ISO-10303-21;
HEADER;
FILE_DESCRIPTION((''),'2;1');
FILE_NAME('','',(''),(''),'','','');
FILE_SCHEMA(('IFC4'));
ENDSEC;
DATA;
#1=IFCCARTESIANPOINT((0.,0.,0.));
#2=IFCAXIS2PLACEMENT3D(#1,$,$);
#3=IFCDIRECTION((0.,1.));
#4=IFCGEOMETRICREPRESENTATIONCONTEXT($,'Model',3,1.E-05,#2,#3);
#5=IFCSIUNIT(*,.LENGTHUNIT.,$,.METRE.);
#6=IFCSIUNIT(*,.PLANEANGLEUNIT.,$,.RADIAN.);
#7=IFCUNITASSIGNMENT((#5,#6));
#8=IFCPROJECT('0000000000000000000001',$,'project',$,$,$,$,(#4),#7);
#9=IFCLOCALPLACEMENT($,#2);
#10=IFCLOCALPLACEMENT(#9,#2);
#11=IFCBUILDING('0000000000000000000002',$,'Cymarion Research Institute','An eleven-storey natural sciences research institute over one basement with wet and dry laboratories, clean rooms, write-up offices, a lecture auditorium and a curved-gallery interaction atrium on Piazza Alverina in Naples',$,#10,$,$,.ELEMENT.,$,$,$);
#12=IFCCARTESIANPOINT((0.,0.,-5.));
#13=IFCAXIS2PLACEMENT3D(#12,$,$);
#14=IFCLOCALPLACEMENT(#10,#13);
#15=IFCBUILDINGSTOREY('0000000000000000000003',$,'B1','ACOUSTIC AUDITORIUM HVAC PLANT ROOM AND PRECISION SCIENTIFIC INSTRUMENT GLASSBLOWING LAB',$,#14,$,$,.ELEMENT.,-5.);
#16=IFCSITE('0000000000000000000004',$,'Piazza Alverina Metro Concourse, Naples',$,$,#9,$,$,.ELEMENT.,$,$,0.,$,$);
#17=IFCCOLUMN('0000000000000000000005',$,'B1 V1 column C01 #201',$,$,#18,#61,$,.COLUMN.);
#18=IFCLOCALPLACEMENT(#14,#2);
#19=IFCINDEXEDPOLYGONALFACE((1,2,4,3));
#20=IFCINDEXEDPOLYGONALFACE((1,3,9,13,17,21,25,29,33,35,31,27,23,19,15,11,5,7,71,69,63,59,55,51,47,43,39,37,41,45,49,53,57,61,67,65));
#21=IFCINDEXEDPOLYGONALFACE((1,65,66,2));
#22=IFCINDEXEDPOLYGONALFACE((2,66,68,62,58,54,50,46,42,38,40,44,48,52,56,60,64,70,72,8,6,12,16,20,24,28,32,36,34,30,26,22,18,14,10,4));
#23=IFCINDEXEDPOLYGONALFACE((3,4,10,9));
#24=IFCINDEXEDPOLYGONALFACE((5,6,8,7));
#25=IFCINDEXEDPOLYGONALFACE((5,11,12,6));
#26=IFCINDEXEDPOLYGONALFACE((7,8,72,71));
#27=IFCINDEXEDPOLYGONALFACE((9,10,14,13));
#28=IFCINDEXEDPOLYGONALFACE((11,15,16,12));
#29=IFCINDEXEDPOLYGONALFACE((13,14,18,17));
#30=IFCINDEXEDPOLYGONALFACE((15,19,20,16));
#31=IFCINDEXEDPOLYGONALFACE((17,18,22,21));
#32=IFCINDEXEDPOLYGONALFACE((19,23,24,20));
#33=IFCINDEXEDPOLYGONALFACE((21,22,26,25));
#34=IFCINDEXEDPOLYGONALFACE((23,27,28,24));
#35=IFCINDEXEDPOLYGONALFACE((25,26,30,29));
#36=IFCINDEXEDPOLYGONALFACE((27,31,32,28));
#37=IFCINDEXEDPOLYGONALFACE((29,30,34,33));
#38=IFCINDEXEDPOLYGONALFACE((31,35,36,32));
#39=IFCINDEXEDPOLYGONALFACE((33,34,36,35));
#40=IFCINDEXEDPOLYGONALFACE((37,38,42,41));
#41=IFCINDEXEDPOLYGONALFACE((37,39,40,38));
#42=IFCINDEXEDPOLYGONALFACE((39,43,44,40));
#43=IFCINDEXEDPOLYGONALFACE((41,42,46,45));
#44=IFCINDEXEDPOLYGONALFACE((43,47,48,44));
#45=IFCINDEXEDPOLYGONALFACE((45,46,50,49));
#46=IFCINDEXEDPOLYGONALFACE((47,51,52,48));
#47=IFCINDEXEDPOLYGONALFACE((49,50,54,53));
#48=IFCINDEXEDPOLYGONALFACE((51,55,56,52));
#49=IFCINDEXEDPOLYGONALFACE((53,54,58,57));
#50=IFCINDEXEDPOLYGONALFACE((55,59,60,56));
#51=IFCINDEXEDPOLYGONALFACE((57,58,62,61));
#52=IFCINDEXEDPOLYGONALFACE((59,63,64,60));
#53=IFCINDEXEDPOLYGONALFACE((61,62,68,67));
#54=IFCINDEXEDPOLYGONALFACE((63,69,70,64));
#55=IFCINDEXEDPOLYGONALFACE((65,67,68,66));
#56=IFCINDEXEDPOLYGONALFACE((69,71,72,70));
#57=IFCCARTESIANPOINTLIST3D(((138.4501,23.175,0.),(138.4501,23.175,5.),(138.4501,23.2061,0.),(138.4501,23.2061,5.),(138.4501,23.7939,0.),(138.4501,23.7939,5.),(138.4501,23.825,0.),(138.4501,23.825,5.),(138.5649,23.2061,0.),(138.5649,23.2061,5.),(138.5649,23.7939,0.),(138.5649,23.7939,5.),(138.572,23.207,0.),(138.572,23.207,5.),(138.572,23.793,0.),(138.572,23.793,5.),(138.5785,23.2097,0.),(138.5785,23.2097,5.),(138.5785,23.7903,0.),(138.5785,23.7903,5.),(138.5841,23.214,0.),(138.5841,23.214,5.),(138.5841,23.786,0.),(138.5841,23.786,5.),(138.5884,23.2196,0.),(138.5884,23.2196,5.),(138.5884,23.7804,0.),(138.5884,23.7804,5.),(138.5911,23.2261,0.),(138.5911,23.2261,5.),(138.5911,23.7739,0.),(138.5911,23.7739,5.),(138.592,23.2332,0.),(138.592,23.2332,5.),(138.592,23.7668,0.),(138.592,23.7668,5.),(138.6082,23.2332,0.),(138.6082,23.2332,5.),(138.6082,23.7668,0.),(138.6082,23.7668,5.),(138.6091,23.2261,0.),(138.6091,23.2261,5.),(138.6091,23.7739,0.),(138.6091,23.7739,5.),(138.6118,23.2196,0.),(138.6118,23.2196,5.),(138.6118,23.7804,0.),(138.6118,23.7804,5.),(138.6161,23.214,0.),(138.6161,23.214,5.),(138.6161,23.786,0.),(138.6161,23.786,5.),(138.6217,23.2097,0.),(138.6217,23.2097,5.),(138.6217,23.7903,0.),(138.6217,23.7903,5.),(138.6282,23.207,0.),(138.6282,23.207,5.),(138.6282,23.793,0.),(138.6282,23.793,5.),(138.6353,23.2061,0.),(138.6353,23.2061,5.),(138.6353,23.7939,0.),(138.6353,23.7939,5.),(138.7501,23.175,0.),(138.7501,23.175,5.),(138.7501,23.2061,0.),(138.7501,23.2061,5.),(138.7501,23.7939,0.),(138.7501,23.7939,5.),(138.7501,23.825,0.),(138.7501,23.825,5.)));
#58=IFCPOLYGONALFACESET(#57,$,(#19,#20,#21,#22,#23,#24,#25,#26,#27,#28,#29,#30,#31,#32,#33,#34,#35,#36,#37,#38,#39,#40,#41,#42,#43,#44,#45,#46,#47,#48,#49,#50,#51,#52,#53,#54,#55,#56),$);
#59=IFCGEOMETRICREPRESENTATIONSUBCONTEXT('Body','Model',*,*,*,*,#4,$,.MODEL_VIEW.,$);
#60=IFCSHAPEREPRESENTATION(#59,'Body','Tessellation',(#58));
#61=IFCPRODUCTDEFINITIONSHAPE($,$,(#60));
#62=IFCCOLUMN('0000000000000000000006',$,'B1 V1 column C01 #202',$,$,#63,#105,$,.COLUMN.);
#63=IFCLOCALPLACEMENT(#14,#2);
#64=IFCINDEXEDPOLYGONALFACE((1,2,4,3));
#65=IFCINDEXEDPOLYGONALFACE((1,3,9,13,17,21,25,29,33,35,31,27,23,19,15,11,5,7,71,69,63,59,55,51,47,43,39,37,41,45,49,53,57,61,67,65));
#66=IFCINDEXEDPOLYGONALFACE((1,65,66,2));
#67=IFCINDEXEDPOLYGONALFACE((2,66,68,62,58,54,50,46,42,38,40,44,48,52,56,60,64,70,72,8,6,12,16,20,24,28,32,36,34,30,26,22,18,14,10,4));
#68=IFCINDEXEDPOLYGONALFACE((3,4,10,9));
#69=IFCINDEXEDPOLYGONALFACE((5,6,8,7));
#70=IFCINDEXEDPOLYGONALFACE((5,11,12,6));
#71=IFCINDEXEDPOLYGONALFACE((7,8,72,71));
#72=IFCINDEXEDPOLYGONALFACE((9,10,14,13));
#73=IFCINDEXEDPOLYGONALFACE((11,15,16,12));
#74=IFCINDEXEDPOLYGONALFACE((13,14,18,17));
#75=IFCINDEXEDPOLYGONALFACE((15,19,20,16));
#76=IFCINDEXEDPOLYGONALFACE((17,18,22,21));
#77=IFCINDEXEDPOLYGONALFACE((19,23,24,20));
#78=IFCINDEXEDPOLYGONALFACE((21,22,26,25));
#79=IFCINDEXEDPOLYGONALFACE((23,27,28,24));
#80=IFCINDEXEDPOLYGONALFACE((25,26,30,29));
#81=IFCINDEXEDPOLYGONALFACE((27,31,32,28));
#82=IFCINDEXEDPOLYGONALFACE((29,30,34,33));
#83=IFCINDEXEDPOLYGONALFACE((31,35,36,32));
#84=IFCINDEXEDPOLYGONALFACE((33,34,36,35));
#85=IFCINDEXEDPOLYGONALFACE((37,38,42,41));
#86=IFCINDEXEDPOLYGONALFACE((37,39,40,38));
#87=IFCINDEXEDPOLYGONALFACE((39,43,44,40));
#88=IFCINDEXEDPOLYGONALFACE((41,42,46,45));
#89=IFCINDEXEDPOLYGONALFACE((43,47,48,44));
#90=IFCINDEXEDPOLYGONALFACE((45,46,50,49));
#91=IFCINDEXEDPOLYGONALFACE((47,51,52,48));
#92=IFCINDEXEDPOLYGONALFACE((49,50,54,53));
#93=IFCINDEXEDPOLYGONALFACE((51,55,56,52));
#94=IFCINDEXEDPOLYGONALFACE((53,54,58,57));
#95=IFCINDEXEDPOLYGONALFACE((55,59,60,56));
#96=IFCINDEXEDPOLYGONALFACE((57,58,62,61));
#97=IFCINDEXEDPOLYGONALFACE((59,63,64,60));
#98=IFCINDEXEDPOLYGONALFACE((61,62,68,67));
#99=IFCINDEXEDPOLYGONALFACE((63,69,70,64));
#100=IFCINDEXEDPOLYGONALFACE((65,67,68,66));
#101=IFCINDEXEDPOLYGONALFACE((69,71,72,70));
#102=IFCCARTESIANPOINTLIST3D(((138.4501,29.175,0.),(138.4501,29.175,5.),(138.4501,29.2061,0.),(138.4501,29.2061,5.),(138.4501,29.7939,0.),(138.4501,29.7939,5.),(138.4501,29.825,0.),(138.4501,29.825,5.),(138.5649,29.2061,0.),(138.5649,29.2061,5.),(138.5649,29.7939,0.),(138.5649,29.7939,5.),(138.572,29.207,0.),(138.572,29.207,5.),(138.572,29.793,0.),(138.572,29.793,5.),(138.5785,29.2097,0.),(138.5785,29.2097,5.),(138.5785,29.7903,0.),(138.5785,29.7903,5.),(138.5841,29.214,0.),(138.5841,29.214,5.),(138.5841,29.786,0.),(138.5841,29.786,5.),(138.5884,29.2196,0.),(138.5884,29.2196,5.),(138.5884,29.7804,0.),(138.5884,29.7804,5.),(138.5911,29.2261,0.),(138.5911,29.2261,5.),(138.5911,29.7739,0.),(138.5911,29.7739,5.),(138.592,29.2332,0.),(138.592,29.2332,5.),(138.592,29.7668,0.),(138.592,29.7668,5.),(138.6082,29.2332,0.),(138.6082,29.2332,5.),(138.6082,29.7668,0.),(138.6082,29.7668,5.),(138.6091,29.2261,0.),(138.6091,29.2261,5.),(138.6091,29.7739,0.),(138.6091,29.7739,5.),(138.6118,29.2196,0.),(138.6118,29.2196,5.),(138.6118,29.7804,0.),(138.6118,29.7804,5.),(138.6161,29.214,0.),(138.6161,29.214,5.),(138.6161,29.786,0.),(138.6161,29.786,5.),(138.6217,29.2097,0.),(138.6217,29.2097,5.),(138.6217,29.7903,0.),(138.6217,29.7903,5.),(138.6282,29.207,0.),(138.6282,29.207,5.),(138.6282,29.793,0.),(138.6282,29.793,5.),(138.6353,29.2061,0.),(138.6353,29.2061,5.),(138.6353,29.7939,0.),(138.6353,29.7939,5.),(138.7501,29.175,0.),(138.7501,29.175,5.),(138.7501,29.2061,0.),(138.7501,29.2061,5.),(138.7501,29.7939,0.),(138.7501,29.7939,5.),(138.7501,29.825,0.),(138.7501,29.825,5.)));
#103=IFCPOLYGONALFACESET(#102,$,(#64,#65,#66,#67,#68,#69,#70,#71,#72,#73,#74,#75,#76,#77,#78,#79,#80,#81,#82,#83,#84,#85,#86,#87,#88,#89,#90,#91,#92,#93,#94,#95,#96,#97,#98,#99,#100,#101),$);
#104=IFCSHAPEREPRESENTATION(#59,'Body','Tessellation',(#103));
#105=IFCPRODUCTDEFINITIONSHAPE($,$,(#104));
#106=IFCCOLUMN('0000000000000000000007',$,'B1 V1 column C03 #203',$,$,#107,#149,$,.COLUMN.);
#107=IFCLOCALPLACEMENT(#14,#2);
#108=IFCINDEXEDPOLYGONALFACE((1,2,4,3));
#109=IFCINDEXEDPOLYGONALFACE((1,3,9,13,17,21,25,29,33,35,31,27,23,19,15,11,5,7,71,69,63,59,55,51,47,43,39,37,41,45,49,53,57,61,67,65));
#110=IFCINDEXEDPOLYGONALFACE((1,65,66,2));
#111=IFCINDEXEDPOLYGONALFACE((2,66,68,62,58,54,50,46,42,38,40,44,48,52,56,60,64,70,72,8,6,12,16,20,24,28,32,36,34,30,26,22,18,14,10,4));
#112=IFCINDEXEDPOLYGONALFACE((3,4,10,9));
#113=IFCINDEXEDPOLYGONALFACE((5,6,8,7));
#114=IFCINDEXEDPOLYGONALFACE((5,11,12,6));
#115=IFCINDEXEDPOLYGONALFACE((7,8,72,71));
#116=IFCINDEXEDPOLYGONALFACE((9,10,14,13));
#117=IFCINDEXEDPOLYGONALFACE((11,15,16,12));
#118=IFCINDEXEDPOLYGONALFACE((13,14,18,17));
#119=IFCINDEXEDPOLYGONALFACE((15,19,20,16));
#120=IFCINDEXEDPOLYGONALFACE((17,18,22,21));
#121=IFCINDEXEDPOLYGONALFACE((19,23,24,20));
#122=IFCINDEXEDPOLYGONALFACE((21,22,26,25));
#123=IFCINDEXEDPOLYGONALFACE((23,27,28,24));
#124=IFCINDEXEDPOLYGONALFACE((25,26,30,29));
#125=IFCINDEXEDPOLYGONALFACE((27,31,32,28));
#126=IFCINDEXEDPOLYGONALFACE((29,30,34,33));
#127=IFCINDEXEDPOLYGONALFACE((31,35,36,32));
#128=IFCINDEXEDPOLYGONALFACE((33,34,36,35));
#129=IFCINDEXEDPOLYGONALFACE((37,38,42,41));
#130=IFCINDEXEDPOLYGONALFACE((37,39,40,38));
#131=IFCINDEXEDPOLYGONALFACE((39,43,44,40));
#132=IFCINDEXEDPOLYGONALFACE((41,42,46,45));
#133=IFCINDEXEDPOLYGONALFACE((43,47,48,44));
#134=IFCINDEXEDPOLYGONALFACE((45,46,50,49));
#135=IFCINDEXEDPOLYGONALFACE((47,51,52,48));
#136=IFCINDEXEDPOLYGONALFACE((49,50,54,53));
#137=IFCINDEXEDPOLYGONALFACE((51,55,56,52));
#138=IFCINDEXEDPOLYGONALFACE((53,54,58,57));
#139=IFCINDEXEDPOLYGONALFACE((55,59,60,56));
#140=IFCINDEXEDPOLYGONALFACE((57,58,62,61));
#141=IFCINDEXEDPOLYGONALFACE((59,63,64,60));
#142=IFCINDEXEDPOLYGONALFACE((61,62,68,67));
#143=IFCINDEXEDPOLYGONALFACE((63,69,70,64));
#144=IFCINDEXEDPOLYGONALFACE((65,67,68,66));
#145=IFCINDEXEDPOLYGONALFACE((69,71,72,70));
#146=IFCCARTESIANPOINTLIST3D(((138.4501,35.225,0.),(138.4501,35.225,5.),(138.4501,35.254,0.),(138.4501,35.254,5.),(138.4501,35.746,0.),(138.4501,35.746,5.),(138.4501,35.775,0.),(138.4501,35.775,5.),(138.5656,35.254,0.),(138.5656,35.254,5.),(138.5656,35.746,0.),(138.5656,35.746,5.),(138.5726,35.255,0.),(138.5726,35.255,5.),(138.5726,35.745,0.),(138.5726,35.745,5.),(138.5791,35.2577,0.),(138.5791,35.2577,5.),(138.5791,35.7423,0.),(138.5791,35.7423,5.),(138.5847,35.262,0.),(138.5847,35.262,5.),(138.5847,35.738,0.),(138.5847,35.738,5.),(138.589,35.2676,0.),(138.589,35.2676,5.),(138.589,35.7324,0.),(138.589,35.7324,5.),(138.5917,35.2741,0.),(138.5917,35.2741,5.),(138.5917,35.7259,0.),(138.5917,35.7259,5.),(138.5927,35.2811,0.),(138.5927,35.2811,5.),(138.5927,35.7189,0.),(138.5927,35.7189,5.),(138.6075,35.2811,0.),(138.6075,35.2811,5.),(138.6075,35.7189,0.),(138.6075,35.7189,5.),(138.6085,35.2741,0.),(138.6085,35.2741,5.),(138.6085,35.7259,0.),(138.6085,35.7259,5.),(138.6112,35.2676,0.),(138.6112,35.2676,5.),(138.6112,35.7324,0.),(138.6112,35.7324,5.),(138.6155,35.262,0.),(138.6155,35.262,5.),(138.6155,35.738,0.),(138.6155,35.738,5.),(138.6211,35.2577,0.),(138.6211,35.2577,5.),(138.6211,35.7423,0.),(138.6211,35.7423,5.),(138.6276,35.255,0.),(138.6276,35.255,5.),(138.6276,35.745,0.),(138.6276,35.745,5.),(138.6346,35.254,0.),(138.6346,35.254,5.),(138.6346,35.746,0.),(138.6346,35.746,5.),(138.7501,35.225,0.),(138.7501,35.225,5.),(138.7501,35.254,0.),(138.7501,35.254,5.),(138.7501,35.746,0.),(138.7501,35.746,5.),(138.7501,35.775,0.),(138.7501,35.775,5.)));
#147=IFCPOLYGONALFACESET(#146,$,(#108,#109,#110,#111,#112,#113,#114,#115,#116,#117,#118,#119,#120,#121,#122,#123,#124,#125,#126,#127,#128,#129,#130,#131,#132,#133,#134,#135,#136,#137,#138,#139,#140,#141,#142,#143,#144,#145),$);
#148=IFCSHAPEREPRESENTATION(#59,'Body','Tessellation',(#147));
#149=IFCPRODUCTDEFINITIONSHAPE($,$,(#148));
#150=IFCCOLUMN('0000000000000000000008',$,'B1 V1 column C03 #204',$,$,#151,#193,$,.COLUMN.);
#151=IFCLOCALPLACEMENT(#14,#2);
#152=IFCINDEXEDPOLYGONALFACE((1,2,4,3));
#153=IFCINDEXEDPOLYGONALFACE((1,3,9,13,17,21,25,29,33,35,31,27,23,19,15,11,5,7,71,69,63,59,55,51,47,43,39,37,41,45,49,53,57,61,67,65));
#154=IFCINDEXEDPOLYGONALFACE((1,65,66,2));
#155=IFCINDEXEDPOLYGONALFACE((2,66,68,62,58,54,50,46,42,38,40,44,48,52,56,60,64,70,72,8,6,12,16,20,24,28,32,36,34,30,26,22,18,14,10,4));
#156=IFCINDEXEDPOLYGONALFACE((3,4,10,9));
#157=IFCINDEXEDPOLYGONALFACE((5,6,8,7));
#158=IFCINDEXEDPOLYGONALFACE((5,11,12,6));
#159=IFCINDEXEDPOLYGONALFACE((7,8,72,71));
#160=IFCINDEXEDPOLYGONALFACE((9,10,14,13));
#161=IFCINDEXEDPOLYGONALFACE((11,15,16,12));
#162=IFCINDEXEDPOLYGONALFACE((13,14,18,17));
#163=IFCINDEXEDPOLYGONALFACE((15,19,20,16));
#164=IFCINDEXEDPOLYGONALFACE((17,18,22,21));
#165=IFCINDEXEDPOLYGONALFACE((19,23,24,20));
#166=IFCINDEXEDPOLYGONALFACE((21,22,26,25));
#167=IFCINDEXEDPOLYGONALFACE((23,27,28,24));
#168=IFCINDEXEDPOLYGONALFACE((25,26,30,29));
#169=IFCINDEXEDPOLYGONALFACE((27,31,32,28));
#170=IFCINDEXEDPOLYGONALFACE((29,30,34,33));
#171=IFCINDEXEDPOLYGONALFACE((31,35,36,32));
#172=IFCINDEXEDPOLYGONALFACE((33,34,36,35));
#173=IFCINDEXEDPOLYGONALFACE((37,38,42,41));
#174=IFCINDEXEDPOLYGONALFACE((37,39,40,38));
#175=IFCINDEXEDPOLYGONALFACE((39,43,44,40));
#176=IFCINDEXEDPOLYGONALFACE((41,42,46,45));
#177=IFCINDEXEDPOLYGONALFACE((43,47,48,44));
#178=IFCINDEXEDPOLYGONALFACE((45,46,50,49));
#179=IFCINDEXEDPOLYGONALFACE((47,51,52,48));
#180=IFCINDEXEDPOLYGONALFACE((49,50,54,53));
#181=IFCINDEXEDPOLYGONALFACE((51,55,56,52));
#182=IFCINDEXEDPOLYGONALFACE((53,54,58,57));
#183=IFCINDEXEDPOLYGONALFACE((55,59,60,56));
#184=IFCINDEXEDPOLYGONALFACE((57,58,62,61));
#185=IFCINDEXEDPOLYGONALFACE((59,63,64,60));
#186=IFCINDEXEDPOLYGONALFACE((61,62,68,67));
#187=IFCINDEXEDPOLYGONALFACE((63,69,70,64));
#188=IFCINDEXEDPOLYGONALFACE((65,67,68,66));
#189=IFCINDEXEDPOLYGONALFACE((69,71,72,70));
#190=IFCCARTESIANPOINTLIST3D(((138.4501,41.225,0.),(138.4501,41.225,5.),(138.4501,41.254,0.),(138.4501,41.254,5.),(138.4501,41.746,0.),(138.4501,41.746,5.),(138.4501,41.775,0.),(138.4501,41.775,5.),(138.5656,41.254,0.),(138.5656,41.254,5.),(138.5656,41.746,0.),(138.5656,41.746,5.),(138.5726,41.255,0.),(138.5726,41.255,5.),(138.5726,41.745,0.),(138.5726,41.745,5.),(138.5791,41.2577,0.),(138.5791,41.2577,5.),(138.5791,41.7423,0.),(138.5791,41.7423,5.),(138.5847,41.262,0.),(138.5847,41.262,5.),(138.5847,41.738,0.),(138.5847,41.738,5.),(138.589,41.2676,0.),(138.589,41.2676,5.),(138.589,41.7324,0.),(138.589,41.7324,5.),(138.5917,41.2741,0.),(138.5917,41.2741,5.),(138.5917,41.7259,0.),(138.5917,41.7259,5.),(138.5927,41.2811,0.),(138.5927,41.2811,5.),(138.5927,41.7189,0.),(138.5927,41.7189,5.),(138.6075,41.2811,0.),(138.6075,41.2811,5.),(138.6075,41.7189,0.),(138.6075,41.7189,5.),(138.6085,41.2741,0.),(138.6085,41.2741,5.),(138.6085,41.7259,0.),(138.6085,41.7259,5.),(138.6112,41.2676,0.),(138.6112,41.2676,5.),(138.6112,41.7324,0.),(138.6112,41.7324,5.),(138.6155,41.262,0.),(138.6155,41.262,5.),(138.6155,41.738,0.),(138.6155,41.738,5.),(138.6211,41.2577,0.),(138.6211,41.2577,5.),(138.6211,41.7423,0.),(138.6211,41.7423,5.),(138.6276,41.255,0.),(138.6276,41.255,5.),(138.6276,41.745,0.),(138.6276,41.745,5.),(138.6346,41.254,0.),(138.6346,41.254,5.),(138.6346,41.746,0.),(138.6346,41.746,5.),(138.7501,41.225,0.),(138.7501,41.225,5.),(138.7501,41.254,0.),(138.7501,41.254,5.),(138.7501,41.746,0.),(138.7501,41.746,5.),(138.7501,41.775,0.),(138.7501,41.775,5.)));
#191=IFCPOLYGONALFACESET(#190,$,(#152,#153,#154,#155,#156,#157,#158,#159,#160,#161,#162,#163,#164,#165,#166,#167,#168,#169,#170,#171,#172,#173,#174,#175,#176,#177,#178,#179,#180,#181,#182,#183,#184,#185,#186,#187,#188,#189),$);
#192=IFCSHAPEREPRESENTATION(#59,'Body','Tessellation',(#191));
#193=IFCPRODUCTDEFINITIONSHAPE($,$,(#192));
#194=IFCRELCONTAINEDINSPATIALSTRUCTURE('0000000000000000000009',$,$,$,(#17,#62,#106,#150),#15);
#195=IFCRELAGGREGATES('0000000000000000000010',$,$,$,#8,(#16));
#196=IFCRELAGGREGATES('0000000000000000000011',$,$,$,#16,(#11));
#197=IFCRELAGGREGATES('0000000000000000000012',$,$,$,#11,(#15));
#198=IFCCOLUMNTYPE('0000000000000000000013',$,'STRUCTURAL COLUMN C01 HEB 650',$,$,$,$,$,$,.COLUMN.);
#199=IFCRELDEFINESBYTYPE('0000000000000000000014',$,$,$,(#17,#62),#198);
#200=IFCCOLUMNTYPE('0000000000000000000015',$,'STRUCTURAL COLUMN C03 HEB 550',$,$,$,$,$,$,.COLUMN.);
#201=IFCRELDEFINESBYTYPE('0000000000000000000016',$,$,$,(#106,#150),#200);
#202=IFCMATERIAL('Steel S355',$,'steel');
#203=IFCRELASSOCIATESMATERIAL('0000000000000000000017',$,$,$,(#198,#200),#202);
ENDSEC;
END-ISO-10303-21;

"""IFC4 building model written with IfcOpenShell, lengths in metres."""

from ifc_helpers import new_model, si_unit, direction, frame, origin, origin_2d, place, context, subcontext, project, spatial, i_section, extrude, material, material_profile, profile_set, type_object, element, save


model = new_model("IFC4")

# Units and contexts
model_context = context("Model", 3, precision=1e-05, world=origin(), true_north=direction((0.0, 1.0)))
body_context = subcontext(model_context, "Body", "Model", "MODEL_VIEW")
ifc_project = project(units=[si_unit("LENGTHUNIT", "METRE"), si_unit("PLANEANGLEUNIT", "RADIAN")], contexts=[model_context])

# Site, building, storey
site_placement = place(None, origin())
site = spatial("IfcSite", under=ifc_project, at=site_placement, Name="Piazza Alverina Metro Concourse, Naples", CompositionType="ELEMENT", RefElevation=0.0)
building_placement = place(site_placement, origin())
building = spatial("IfcBuilding", under=site, at=building_placement, Name="Cymarion Research Institute", Description="An eleven-storey natural sciences research institute over one basement with wet and dry laboratories, clean rooms, write-up offices, a lecture auditorium and a curved-gallery interaction atrium on Piazza Alverina in Naples", CompositionType="ELEMENT")
storey_placement = place(building_placement, frame((0.0, 0.0, -5.0)))
storey = spatial("IfcBuildingStorey", under=building, at=storey_placement, Name="B1", Description="ACOUSTIC AUDITORIUM HVAC PLANT ROOM AND PRECISION SCIENTIFIC INSTRUMENT GLASSBLOWING LAB", CompositionType="ELEMENT", Elevation=-5.0)

# Columns
ifc_material_1 = material(Name="Steel S355", Category="steel")
ifc_material_profile_1 = material_profile(ifc_material_1, i_section(OverallWidth=0.3, OverallDepth=0.6499, WebThickness=0.0161, FlangeThickness=0.031, FilletRadius=0.0271, at=origin_2d()), Name="HEB 650")
ifc_profile_set_1 = profile_set([ifc_material_profile_1], Name="Steel S355")
column_type_1 = type_object("IfcColumnType", Name="STRUCTURAL COLUMN C01 HEB 650", PredefinedType="COLUMN", material=ifc_profile_set_1)
for number, where, z_axis, x_axis, name in (
    (1, (138.6001, 23.5, 0.0), (0.0, 0.0, 1.0), (1.0, 0.0, 0.0), "B1 V1 column C01 #201"),
    (2, (138.6001, 29.5, 0.0), (0.0, 0.0, 1.0), (1.0, 0.0, 0.0), "B1 V1 column C01 #202"),
):
    element("IfcColumn", number, at=place(storey_placement, frame(where, z_axis=z_axis, x_axis=x_axis)), inside=storey, type_object=column_type_1, Name=name, PredefinedType="COLUMN", context=body_context, shape_type="SweptSolid", body=[
        extrude(i_section(OverallWidth=0.3, OverallDepth=0.6499, WebThickness=0.0161, FlangeThickness=0.031, FilletRadius=0.0271, at=origin_2d()), origin(), (0.0, 0.0, 1.0), 5.0),
    ])
ifc_material_profile_2 = material_profile(ifc_material_1, i_section(OverallWidth=0.3, OverallDepth=0.55, WebThickness=0.0149, FlangeThickness=0.0291, FilletRadius=0.0271, at=origin_2d()), Name="HEB 550")
ifc_profile_set_2 = profile_set([ifc_material_profile_2], Name="Steel S355")
column_type_2 = type_object("IfcColumnType", Name="STRUCTURAL COLUMN C03 HEB 550", PredefinedType="COLUMN", material=ifc_profile_set_2)
for number, where, z_axis, x_axis, name in (
    (3, (138.6001, 35.5, 0.0), (0.0, 0.0, 1.0), (1.0, 0.0, 0.0), "B1 V1 column C03 #203"),
    (4, (138.6001, 41.5, 0.0), (0.0, 0.0, 1.0), (1.0, 0.0, 0.0), "B1 V1 column C03 #204"),
):
    element("IfcColumn", number, at=place(storey_placement, frame(where, z_axis=z_axis, x_axis=x_axis)), inside=storey, type_object=column_type_2, Name=name, PredefinedType="COLUMN", context=body_context, shape_type="SweptSolid", body=[
        extrude(i_section(OverallWidth=0.3, OverallDepth=0.55, WebThickness=0.0149, FlangeThickness=0.0291, FilletRadius=0.0271, at=origin_2d()), origin(), (0.0, 0.0, 1.0), 5.0),
    ])

save(model, "model.ifc")
